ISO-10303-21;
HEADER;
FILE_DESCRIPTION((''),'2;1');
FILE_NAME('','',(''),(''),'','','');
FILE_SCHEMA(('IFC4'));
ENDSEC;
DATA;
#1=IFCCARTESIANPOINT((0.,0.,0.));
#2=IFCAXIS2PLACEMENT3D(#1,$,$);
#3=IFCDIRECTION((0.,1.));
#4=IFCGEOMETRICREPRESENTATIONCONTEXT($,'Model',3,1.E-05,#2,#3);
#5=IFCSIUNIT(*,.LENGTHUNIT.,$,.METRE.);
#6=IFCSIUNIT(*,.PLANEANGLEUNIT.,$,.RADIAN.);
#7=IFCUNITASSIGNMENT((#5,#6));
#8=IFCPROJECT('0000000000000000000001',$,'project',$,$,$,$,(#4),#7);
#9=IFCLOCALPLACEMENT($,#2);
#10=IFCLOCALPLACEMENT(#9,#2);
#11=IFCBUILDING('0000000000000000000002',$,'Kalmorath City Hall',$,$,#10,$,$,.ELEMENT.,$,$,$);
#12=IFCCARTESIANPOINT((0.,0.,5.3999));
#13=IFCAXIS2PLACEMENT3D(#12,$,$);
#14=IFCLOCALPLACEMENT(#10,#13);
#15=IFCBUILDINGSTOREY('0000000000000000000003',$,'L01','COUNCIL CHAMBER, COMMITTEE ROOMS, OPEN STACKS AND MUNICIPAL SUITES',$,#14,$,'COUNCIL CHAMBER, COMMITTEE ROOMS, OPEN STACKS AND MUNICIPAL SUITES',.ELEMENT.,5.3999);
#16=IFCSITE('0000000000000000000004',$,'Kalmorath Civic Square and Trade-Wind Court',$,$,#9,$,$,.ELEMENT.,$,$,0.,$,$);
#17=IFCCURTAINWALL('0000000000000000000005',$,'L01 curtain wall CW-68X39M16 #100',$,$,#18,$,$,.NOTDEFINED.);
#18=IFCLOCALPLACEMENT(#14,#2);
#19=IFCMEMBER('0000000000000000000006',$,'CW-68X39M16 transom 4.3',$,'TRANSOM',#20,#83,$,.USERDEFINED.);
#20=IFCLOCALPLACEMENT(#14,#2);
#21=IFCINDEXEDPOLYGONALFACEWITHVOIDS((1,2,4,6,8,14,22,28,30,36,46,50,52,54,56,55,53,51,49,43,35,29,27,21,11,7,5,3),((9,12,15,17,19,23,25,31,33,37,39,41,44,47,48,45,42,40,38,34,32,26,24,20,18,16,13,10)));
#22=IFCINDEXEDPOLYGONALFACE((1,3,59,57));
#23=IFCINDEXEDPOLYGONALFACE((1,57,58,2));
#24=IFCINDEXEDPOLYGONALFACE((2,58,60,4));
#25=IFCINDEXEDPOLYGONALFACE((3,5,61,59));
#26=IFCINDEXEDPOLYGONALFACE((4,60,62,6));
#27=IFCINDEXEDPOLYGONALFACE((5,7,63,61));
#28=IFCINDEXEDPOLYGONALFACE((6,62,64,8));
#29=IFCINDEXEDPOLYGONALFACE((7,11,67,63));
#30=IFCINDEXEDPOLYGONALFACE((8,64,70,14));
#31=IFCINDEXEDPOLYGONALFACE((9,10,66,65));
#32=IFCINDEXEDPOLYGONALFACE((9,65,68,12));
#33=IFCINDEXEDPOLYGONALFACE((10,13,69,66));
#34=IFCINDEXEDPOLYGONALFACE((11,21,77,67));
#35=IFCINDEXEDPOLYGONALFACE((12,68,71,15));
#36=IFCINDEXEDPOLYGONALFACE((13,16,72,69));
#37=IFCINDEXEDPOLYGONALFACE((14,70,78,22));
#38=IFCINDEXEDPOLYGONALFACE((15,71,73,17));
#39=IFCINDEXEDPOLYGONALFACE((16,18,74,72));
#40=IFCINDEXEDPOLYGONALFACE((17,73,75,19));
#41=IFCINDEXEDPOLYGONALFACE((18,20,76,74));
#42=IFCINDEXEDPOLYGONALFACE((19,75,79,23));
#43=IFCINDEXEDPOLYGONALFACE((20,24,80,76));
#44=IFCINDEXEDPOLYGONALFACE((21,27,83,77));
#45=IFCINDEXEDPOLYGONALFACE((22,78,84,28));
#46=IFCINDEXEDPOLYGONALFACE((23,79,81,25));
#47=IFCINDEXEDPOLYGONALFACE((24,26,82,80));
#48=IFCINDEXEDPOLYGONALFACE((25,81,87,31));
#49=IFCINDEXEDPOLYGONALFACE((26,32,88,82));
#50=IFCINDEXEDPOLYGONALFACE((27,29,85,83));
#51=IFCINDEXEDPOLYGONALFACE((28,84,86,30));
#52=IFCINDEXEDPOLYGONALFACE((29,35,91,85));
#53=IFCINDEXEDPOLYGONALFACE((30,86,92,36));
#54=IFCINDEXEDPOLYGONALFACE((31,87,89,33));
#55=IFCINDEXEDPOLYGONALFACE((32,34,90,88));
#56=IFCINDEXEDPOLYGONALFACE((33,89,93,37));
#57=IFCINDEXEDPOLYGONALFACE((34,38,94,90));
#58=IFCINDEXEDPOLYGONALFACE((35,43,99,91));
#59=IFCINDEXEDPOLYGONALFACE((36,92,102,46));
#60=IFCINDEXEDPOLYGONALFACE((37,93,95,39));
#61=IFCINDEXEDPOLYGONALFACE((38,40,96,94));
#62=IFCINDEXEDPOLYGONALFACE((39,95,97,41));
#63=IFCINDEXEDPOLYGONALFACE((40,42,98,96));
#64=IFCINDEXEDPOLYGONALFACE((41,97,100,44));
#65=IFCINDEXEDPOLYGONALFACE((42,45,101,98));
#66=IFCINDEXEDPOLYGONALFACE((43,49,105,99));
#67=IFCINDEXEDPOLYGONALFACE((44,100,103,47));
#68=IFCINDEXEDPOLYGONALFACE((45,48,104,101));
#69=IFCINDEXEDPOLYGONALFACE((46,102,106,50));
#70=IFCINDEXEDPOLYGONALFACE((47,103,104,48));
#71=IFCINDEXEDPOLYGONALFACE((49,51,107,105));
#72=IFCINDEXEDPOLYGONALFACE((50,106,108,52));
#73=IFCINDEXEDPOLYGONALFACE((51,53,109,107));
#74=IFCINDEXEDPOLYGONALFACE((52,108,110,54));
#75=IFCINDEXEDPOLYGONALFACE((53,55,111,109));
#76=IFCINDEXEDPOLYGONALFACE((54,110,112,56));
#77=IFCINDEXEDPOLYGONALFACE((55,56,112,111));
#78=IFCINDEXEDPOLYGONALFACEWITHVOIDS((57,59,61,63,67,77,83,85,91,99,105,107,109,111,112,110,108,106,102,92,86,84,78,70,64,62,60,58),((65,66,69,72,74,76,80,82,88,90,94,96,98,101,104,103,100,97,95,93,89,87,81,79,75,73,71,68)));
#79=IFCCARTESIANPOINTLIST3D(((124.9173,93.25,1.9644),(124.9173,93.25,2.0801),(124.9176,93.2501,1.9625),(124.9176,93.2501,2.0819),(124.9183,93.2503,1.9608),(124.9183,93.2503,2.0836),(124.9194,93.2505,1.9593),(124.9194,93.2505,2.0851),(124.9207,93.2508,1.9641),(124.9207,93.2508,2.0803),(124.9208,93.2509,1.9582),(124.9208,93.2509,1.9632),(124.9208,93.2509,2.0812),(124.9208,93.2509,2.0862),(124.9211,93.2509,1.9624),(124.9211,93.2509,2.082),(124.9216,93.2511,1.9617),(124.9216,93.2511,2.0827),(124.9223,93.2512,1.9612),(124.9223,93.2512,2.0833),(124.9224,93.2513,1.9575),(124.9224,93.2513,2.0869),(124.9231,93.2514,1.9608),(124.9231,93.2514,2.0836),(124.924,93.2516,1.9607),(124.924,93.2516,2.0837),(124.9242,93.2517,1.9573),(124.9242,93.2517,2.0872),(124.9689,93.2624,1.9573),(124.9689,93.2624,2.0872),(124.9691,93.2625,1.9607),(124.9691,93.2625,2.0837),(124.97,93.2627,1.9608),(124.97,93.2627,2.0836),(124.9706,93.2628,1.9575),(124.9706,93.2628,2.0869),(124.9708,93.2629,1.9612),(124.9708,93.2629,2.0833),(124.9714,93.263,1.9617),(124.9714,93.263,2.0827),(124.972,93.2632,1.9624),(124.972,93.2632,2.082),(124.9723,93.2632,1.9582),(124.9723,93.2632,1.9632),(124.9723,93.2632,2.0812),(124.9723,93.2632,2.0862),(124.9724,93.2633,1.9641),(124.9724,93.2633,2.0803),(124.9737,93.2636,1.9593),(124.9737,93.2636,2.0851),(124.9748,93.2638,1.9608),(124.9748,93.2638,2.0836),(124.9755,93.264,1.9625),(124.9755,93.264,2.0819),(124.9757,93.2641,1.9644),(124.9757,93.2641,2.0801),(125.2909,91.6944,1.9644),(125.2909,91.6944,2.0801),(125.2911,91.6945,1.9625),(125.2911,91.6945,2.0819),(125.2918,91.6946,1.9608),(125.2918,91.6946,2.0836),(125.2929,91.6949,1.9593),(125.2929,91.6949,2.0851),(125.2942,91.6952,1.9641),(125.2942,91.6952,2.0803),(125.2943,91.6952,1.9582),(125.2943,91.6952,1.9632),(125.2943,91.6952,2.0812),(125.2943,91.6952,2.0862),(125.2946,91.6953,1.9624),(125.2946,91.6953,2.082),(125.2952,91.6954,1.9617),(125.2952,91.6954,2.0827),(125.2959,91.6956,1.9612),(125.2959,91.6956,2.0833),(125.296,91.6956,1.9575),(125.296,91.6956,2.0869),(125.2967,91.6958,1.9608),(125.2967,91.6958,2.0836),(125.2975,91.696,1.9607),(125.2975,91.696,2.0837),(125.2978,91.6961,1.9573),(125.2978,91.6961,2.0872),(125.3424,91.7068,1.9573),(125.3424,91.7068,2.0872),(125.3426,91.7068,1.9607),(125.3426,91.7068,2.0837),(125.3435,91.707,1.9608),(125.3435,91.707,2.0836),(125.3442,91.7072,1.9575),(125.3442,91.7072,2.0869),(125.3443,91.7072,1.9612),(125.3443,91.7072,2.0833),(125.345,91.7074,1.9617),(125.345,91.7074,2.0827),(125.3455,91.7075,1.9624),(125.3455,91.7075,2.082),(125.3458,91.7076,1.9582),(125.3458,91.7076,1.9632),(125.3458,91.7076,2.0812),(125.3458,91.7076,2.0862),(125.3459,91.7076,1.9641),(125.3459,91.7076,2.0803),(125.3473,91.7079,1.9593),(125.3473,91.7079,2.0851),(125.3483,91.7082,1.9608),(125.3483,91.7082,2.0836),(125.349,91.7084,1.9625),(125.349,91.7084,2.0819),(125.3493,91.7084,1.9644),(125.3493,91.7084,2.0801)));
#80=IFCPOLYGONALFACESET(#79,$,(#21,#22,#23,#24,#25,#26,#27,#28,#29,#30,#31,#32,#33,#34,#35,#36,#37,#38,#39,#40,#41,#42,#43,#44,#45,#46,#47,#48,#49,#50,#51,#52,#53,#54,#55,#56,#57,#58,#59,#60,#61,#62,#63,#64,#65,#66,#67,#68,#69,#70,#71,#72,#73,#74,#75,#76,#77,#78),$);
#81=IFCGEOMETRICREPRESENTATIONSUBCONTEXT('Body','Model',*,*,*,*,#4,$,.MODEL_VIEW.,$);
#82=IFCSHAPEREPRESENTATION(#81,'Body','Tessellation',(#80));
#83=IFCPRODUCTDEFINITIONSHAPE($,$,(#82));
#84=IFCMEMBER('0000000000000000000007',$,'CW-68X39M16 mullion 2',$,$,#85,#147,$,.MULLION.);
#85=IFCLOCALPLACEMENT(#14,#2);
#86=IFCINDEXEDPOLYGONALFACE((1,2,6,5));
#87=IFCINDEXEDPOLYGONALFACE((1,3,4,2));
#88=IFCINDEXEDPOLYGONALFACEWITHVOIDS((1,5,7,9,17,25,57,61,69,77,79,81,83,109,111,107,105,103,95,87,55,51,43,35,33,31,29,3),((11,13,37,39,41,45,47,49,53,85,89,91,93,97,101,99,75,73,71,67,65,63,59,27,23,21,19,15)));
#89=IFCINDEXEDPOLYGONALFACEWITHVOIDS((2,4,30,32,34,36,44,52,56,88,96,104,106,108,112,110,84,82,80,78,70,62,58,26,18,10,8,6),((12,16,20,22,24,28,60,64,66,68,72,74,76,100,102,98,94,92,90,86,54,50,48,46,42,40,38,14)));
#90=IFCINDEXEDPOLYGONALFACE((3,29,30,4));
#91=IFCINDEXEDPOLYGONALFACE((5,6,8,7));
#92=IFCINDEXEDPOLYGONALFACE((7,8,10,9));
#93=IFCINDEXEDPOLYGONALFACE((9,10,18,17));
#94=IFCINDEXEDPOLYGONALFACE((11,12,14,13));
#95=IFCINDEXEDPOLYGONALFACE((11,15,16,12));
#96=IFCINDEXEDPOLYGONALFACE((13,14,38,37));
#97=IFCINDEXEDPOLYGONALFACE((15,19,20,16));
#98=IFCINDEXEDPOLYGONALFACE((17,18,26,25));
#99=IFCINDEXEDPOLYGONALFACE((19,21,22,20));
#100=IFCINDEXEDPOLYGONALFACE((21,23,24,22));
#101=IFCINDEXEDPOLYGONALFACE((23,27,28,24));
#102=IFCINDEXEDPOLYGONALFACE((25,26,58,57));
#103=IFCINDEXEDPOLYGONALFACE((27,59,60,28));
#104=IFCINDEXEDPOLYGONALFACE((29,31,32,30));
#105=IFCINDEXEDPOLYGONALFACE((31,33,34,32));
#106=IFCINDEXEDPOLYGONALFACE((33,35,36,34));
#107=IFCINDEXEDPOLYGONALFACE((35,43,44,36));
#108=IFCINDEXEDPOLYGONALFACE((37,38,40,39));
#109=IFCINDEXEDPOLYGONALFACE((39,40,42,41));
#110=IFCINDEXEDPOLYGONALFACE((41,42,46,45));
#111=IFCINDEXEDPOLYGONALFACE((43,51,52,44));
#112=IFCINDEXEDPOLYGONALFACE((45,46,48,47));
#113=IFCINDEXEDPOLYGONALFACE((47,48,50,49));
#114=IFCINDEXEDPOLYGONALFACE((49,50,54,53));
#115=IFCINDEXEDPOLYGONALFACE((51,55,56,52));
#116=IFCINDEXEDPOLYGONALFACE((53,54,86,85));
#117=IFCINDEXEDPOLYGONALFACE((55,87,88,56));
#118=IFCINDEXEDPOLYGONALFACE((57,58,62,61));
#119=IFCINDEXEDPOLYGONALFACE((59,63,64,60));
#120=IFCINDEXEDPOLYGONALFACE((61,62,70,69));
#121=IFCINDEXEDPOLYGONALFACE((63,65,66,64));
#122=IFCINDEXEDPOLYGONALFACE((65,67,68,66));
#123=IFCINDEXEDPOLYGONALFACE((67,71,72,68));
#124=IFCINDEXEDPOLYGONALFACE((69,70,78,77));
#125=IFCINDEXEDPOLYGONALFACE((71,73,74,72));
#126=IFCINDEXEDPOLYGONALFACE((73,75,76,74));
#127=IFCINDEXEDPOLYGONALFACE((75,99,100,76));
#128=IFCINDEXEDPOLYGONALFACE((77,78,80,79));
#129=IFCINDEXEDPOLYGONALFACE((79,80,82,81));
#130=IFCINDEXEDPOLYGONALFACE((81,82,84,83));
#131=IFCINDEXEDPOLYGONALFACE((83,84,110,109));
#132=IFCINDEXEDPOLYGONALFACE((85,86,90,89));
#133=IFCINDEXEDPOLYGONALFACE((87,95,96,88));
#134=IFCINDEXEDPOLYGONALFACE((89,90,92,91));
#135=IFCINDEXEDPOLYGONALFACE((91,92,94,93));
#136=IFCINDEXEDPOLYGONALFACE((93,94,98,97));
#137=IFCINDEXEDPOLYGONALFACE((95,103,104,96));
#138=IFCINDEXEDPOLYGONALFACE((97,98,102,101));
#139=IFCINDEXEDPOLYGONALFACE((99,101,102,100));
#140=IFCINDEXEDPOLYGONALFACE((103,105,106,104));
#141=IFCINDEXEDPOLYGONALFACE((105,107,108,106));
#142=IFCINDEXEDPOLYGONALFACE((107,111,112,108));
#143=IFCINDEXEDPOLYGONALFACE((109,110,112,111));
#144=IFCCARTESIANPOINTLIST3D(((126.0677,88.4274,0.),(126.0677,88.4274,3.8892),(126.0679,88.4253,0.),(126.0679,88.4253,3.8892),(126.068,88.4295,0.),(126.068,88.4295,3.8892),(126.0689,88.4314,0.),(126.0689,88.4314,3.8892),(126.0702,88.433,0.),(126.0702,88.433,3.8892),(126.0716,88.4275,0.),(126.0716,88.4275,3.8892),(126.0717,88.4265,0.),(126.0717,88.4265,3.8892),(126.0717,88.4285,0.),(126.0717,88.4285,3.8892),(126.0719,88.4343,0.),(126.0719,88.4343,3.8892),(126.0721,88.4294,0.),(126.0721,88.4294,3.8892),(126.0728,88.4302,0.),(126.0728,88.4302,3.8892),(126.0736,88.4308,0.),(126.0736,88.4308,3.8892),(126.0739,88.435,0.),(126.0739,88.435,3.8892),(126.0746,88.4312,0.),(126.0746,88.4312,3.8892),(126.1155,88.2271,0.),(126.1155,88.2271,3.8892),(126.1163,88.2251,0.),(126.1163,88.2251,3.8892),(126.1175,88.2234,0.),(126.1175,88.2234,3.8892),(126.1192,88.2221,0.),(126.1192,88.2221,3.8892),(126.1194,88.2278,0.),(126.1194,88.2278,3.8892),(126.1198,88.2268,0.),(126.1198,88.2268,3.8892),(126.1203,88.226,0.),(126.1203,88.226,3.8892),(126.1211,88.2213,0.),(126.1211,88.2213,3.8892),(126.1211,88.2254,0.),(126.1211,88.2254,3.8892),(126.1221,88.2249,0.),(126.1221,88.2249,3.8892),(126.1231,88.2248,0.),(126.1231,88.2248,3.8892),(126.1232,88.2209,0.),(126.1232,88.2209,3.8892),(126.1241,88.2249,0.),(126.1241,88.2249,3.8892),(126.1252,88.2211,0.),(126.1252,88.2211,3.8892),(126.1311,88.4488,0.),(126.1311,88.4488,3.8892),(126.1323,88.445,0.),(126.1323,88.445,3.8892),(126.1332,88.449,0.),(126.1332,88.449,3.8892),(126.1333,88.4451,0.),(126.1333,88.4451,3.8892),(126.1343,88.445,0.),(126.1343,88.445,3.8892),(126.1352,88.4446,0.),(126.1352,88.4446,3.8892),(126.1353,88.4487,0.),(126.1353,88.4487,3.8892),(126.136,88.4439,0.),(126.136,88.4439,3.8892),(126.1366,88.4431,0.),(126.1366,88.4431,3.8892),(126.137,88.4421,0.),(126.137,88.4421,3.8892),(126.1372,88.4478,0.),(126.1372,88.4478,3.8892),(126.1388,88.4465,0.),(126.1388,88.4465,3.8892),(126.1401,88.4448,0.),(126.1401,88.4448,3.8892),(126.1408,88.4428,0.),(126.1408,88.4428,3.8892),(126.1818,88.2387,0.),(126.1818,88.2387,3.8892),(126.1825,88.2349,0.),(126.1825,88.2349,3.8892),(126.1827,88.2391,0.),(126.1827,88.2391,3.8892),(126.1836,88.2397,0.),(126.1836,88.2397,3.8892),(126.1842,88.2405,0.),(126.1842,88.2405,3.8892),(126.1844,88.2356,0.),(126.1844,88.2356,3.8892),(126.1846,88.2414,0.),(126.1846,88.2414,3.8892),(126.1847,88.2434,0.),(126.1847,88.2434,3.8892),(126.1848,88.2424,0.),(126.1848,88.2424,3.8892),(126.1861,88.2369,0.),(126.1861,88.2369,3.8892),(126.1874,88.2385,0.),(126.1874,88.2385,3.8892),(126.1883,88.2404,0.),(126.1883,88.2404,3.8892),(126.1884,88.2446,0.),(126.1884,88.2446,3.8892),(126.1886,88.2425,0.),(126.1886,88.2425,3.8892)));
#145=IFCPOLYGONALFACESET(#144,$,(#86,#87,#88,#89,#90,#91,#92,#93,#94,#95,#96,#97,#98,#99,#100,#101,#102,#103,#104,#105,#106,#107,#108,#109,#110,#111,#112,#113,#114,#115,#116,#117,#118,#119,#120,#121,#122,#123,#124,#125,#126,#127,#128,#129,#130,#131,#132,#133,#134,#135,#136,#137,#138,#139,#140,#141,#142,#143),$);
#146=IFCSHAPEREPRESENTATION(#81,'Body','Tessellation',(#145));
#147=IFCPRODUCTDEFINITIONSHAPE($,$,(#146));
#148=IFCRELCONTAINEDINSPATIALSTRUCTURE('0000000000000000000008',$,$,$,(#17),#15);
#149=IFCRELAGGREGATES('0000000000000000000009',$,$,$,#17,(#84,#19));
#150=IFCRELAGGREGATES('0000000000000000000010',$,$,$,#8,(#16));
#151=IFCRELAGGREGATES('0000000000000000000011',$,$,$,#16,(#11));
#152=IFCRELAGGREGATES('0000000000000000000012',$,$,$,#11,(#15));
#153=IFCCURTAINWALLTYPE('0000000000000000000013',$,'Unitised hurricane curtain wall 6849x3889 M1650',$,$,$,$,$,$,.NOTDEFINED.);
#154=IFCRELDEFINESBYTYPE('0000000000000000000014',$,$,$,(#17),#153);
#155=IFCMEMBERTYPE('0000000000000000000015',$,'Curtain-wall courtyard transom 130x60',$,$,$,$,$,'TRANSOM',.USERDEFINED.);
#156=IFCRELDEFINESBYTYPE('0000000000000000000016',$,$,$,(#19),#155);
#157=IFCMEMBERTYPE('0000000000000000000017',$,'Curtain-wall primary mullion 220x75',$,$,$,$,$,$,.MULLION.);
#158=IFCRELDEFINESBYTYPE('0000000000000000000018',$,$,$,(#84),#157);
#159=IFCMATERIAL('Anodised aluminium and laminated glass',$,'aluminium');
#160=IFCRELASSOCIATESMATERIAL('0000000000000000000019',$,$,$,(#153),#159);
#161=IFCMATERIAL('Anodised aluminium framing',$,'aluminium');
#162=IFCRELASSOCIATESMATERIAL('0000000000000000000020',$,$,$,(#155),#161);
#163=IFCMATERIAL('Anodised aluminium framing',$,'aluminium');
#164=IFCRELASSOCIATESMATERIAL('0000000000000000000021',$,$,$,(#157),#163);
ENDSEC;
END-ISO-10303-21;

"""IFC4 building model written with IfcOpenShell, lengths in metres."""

from ifc_helpers import new_model, si_unit, direction, frame, origin, origin_2d, place, context, subcontext, project, spatial, hollow_rectangle, extrude, material, material_profile, profile_set, type_object, element, aggregate, save


model = new_model("IFC4")

# Units and contexts
model_context = context("Model", 3, precision=1e-05, world=origin(), true_north=direction((0.0, 1.0)))
body_context = subcontext(model_context, "Body", "Model", "MODEL_VIEW")
ifc_project = project(units=[si_unit("LENGTHUNIT", "METRE"), si_unit("PLANEANGLEUNIT", "RADIAN")], contexts=[model_context])

# Site, building, storey
site_placement = place(None, origin())
site = spatial("IfcSite", under=ifc_project, at=site_placement, Name="Kalmorath Civic Square and Trade-Wind Court", CompositionType="ELEMENT", RefElevation=0.0)
building_placement = place(site_placement, origin())
building = spatial("IfcBuilding", under=site, at=building_placement, Name="Kalmorath City Hall", CompositionType="ELEMENT")
storey_placement = place(building_placement, frame((0.0, 0.0, 5.3999)))
storey = spatial("IfcBuildingStorey", under=building, at=storey_placement, Name="L01", Description="COUNCIL CHAMBER, COMMITTEE ROOMS, OPEN STACKS AND MUNICIPAL SUITES", LongName="COUNCIL CHAMBER, COMMITTEE ROOMS, OPEN STACKS AND MUNICIPAL SUITES", CompositionType="ELEMENT", Elevation=5.3999)

# Curtain wall, members
ifc_material_1 = material(Name="Anodised aluminium and laminated glass", Category="aluminium")
curtain_wall_type = type_object("IfcCurtainWallType", Name="Unitised hurricane curtain wall 6849x3889 M1650", PredefinedType="NOTDEFINED", material=ifc_material_1)
curtain_wall_placement = place(storey_placement, origin())
curtain_wall = element("IfcCurtainWall", 1, at=curtain_wall_placement, inside=storey, type_object=curtain_wall_type, Name="L01 curtain wall CW-68X39M16 #100", PredefinedType="NOTDEFINED")
ifc_material_2 = material(Name="Anodised aluminium framing", Category="aluminium")
ifc_material_profile_1 = material_profile(ifc_material_2, hollow_rectangle(XDim=0.0601, YDim=0.1299, WallThickness=0.0034, InnerFilletRadius=0.0034, OuterFilletRadius=0.0071, at=origin_2d()), Name="ALU-TRN-130X60X3.5")
ifc_profile_set_1 = profile_set([ifc_material_profile_1], Name="Anodised aluminium framing")
member_type_1 = type_object("IfcMemberType", Name="Curtain-wall courtyard transom 130x60", ElementType="TRANSOM", PredefinedType="USERDEFINED", material=ifc_profile_set_1)
member_1_placement = place(storey_placement, frame((125.3201, 91.7014, 2.0222), z_axis=(-0.233477, 0.972362, 0.0), x_axis=(-0.972362, -0.233477, 0.0)))
member_1 = element("IfcMember", 2, at=member_1_placement, type_object=member_type_1, Name="CW-68X39M16 transom 4.3", ObjectType="TRANSOM", PredefinedType="USERDEFINED", context=body_context, shape_type="SweptSolid", body=[
    extrude(hollow_rectangle(XDim=0.0601, YDim=0.1299, WallThickness=0.0034, InnerFilletRadius=0.0034, OuterFilletRadius=0.0071, at=origin_2d()), origin(), (0.0, 0.0, 1.0), 1.5999),
])
ifc_material_3 = material(Name="Anodised aluminium framing", Category="aluminium")
ifc_material_profile_2 = material_profile(ifc_material_3, hollow_rectangle(XDim=0.075, YDim=0.22, WallThickness=0.0039, InnerFilletRadius=0.0039, OuterFilletRadius=0.0081, at=origin_2d()), Name="ALU-MUL-220X75X4")
ifc_profile_set_2 = profile_set([ifc_material_profile_2], Name="Anodised aluminium framing")
member_type_2 = type_object("IfcMemberType", Name="Curtain-wall primary mullion 220x75", PredefinedType="MULLION", material=ifc_profile_set_2)
member_2_placement = place(storey_placement, frame((126.1282, 88.335, 0.0), z_axis=(0.0, 0.0, 1.0), x_axis=(-0.972367, -0.233456, 0.0)))
member_2 = element("IfcMember", 3, at=member_2_placement, type_object=member_type_2, Name="CW-68X39M16 mullion 2", PredefinedType="MULLION", context=body_context, shape_type="SweptSolid", body=[
    extrude(hollow_rectangle(XDim=0.075, YDim=0.22, WallThickness=0.0039, InnerFilletRadius=0.0039, OuterFilletRadius=0.0081, at=origin_2d()), origin(), (0.0, 0.0, 1.0), 3.8892),
])

aggregate(curtain_wall, [member_2, member_1])

save(model, "model.ifc")
